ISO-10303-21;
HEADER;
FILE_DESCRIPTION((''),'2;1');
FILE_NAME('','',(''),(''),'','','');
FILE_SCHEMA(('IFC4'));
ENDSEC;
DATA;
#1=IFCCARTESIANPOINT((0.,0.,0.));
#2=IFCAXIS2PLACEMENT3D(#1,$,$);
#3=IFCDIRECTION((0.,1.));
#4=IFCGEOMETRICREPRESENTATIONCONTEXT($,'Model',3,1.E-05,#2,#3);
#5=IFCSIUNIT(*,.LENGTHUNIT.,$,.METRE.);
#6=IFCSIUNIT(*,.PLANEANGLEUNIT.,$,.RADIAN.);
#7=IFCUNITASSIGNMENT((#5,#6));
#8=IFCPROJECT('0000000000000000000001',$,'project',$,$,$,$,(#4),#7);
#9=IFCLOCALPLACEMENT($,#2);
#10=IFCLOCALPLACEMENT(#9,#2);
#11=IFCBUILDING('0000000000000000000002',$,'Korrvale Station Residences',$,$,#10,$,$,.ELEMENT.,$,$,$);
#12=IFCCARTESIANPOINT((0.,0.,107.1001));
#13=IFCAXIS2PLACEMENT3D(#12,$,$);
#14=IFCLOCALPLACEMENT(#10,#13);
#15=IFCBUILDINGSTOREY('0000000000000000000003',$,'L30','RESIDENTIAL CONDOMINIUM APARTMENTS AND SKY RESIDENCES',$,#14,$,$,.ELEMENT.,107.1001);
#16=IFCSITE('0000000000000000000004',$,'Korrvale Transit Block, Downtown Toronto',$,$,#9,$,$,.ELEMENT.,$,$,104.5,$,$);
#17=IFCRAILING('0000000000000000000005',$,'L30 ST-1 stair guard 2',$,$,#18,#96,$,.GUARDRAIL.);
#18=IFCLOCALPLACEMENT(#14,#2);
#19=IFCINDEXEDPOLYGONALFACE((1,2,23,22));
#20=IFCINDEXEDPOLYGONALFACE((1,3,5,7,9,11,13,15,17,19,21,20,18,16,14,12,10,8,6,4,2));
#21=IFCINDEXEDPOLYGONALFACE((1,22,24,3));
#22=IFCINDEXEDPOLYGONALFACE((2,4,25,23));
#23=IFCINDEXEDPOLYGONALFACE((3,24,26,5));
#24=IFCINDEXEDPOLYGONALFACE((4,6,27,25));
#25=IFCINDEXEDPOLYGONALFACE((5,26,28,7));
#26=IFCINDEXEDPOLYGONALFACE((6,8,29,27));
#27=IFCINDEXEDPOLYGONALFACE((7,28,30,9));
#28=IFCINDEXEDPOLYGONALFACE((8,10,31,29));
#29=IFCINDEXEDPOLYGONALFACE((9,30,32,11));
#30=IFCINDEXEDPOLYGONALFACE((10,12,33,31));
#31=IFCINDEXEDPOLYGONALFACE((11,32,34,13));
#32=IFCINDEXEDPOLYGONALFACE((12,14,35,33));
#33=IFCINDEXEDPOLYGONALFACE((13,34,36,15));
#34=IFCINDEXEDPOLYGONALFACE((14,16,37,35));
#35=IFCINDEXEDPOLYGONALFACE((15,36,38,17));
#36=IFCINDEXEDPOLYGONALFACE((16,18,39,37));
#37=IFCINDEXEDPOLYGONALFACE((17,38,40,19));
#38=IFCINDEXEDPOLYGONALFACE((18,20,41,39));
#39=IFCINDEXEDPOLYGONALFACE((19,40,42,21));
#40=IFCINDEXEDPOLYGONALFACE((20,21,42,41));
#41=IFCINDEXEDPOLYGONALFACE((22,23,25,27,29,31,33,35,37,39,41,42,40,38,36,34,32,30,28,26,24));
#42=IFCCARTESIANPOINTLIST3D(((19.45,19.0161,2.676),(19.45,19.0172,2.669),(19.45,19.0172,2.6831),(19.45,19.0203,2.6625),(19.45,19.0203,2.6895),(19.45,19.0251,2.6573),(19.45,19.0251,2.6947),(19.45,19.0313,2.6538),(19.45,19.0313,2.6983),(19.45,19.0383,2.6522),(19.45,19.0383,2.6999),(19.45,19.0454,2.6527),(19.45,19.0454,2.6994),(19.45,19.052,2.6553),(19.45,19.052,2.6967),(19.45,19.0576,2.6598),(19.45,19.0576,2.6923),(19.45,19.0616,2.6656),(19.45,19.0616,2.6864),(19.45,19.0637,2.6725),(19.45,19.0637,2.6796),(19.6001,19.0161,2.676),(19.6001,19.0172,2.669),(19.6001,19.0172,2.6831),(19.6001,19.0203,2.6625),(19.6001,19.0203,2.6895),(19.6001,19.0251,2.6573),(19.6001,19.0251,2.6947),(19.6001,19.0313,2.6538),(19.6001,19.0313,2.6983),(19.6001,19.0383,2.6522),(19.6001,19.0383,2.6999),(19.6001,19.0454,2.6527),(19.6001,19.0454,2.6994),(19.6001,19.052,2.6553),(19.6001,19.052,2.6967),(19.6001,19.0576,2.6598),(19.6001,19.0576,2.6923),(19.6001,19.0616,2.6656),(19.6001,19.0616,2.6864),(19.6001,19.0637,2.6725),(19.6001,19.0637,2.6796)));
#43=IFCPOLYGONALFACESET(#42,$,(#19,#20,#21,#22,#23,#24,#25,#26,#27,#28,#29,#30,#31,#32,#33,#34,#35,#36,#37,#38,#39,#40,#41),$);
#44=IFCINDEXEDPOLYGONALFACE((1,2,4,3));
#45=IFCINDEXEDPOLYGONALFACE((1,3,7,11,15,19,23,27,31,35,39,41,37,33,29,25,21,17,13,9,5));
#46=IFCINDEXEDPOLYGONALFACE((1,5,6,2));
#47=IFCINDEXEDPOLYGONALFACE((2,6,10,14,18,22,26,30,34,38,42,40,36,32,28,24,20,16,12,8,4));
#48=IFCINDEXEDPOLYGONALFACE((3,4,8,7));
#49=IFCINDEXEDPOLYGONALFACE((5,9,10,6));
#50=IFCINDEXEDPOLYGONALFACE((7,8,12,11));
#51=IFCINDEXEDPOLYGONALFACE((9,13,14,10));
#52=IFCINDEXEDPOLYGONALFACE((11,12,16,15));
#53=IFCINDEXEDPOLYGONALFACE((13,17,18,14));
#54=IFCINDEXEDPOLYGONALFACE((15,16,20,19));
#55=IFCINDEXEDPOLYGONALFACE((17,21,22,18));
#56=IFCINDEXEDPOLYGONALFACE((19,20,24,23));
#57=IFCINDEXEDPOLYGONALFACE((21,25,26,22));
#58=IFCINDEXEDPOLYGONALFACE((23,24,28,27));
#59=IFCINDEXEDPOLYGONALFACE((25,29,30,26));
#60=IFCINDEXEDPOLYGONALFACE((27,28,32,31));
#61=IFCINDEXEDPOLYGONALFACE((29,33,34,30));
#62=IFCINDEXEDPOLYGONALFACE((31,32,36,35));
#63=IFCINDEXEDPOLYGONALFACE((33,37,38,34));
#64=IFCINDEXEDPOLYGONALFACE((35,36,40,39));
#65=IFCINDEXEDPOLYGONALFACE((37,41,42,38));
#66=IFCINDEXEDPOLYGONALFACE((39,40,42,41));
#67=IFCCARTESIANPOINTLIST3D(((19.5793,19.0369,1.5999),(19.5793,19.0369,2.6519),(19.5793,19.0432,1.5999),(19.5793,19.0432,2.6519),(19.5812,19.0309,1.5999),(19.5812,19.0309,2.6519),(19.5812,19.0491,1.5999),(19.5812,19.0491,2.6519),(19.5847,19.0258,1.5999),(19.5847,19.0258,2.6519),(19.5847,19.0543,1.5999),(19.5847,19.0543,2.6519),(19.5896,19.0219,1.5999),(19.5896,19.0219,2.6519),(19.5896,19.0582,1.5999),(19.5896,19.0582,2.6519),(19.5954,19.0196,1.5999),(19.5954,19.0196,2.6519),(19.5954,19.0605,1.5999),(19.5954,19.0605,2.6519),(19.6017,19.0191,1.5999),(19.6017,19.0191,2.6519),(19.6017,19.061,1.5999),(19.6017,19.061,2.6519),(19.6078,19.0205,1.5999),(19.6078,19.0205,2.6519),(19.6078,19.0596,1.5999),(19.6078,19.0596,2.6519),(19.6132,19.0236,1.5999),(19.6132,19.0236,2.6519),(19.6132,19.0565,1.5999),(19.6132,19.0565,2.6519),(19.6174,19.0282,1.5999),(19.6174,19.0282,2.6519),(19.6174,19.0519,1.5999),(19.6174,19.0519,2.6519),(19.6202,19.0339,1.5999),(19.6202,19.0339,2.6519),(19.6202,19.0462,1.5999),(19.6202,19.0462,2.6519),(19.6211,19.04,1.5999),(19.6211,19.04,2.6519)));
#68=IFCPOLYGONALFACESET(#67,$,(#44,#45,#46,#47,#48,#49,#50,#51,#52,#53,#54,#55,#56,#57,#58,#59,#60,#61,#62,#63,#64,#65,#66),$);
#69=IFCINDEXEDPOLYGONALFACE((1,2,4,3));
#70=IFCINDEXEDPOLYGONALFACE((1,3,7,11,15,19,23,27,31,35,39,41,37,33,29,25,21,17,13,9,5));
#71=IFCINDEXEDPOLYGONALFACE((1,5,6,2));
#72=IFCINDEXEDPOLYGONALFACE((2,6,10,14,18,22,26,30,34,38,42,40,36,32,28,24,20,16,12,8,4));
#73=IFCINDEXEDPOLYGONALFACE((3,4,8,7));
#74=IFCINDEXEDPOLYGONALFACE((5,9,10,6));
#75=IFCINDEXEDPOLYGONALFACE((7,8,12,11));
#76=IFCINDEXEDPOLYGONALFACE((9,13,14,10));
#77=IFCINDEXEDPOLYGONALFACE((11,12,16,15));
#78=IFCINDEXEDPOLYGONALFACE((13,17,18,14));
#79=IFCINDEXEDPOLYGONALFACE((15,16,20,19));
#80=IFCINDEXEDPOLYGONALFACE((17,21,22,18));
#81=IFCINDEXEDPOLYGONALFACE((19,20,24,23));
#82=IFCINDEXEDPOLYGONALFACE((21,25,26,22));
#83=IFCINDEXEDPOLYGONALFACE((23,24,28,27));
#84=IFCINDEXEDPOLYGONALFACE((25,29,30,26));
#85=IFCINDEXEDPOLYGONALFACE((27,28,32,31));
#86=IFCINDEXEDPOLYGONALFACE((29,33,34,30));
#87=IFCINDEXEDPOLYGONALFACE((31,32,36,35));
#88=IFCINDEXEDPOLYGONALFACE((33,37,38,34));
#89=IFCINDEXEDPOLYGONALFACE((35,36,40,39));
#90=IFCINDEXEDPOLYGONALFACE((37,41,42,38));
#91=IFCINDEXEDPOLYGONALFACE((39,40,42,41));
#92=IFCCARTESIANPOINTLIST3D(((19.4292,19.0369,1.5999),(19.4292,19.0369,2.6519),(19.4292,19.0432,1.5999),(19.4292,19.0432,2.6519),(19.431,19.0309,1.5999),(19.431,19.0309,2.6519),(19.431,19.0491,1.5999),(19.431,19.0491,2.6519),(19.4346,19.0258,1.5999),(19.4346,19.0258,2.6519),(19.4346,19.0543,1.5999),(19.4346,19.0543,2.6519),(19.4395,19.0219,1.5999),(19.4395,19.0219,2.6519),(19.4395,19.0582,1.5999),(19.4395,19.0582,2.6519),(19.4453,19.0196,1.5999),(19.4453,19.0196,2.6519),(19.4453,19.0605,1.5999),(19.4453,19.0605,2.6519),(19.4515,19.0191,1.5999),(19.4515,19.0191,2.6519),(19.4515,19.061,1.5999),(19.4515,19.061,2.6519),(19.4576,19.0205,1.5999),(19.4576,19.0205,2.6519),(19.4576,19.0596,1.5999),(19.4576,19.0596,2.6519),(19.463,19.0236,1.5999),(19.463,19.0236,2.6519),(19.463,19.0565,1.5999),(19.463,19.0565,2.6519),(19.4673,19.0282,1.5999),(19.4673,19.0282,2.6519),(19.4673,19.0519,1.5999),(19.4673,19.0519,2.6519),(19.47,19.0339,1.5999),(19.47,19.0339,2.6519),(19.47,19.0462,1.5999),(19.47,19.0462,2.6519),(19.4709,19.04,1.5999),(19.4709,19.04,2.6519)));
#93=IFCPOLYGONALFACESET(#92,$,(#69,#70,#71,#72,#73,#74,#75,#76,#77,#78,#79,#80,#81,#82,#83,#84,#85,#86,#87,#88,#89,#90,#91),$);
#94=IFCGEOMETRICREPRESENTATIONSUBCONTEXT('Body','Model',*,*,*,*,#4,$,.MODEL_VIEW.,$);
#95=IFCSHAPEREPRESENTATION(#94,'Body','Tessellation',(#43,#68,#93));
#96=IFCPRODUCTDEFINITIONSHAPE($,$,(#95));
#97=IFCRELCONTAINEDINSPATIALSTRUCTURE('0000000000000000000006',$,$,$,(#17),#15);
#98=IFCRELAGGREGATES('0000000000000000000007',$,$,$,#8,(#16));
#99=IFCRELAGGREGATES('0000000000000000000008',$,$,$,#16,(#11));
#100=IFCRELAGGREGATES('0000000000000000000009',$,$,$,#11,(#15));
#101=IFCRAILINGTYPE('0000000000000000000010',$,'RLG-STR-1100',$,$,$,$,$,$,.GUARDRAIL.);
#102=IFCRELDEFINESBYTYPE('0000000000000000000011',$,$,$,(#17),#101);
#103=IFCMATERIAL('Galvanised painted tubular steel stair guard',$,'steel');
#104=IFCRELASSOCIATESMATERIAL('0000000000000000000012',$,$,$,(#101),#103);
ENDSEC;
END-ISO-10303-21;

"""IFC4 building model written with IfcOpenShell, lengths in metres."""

from ifc_helpers import new_model, si_unit, direction, frame, origin, origin_2d, place, context, subcontext, project, spatial, circle, extrude, material, type_object, element, save


model = new_model("IFC4")

# Units and contexts
model_context = context("Model", 3, precision=1e-05, world=origin(), true_north=direction((0.0, 1.0)))
body_context = subcontext(model_context, "Body", "Model", "MODEL_VIEW")
ifc_project = project(units=[si_unit("LENGTHUNIT", "METRE"), si_unit("PLANEANGLEUNIT", "RADIAN")], contexts=[model_context])

# Site, building, storey
site_placement = place(None, origin())
site = spatial("IfcSite", under=ifc_project, at=site_placement, Name="Korrvale Transit Block, Downtown Toronto", CompositionType="ELEMENT", RefElevation=104.5)
building_placement = place(site_placement, origin())
building = spatial("IfcBuilding", under=site, at=building_placement, Name="Korrvale Station Residences", CompositionType="ELEMENT")
storey_placement = place(building_placement, frame((0.0, 0.0, 107.1001)))
storey = spatial("IfcBuildingStorey", under=building, at=storey_placement, Name="L30", Description="RESIDENTIAL CONDOMINIUM APARTMENTS AND SKY RESIDENCES", CompositionType="ELEMENT", Elevation=107.1001)

# Railing
ifc_material_1 = material(Name="Galvanised painted tubular steel stair guard", Category="steel")
railing_type_1 = type_object("IfcRailingType", Name="RLG-STR-1100", PredefinedType="GUARDRAIL", material=ifc_material_1)
railing_1_placement = place(storey_placement, frame((19.6001, 19.04, 1.5999)))
element("IfcRailing", 1, at=railing_1_placement, inside=storey, type_object=railing_type_1, Name="L30 ST-1 stair guard 2", PredefinedType="GUARDRAIL", context=body_context, shape_type="SweptSolid", body=[
    extrude(circle(Radius=0.0239, at=origin_2d()), frame((0.0, 0.0, 1.0762), z_axis=(-1.0, 0.0, 0.0), x_axis=(0.0, -1.0, 0.0)), (0.0, 0.0, 1.0), 0.1501),
    extrude(circle(Radius=0.021, at=origin_2d()), origin(), (0.0, 0.0, 1.0), 1.052),
    extrude(circle(Radius=0.021, at=origin_2d()), frame((-0.1501, 0.0, 0.0)), (0.0, 0.0, 1.0), 1.052),
])

save(model, "model.ifc")
